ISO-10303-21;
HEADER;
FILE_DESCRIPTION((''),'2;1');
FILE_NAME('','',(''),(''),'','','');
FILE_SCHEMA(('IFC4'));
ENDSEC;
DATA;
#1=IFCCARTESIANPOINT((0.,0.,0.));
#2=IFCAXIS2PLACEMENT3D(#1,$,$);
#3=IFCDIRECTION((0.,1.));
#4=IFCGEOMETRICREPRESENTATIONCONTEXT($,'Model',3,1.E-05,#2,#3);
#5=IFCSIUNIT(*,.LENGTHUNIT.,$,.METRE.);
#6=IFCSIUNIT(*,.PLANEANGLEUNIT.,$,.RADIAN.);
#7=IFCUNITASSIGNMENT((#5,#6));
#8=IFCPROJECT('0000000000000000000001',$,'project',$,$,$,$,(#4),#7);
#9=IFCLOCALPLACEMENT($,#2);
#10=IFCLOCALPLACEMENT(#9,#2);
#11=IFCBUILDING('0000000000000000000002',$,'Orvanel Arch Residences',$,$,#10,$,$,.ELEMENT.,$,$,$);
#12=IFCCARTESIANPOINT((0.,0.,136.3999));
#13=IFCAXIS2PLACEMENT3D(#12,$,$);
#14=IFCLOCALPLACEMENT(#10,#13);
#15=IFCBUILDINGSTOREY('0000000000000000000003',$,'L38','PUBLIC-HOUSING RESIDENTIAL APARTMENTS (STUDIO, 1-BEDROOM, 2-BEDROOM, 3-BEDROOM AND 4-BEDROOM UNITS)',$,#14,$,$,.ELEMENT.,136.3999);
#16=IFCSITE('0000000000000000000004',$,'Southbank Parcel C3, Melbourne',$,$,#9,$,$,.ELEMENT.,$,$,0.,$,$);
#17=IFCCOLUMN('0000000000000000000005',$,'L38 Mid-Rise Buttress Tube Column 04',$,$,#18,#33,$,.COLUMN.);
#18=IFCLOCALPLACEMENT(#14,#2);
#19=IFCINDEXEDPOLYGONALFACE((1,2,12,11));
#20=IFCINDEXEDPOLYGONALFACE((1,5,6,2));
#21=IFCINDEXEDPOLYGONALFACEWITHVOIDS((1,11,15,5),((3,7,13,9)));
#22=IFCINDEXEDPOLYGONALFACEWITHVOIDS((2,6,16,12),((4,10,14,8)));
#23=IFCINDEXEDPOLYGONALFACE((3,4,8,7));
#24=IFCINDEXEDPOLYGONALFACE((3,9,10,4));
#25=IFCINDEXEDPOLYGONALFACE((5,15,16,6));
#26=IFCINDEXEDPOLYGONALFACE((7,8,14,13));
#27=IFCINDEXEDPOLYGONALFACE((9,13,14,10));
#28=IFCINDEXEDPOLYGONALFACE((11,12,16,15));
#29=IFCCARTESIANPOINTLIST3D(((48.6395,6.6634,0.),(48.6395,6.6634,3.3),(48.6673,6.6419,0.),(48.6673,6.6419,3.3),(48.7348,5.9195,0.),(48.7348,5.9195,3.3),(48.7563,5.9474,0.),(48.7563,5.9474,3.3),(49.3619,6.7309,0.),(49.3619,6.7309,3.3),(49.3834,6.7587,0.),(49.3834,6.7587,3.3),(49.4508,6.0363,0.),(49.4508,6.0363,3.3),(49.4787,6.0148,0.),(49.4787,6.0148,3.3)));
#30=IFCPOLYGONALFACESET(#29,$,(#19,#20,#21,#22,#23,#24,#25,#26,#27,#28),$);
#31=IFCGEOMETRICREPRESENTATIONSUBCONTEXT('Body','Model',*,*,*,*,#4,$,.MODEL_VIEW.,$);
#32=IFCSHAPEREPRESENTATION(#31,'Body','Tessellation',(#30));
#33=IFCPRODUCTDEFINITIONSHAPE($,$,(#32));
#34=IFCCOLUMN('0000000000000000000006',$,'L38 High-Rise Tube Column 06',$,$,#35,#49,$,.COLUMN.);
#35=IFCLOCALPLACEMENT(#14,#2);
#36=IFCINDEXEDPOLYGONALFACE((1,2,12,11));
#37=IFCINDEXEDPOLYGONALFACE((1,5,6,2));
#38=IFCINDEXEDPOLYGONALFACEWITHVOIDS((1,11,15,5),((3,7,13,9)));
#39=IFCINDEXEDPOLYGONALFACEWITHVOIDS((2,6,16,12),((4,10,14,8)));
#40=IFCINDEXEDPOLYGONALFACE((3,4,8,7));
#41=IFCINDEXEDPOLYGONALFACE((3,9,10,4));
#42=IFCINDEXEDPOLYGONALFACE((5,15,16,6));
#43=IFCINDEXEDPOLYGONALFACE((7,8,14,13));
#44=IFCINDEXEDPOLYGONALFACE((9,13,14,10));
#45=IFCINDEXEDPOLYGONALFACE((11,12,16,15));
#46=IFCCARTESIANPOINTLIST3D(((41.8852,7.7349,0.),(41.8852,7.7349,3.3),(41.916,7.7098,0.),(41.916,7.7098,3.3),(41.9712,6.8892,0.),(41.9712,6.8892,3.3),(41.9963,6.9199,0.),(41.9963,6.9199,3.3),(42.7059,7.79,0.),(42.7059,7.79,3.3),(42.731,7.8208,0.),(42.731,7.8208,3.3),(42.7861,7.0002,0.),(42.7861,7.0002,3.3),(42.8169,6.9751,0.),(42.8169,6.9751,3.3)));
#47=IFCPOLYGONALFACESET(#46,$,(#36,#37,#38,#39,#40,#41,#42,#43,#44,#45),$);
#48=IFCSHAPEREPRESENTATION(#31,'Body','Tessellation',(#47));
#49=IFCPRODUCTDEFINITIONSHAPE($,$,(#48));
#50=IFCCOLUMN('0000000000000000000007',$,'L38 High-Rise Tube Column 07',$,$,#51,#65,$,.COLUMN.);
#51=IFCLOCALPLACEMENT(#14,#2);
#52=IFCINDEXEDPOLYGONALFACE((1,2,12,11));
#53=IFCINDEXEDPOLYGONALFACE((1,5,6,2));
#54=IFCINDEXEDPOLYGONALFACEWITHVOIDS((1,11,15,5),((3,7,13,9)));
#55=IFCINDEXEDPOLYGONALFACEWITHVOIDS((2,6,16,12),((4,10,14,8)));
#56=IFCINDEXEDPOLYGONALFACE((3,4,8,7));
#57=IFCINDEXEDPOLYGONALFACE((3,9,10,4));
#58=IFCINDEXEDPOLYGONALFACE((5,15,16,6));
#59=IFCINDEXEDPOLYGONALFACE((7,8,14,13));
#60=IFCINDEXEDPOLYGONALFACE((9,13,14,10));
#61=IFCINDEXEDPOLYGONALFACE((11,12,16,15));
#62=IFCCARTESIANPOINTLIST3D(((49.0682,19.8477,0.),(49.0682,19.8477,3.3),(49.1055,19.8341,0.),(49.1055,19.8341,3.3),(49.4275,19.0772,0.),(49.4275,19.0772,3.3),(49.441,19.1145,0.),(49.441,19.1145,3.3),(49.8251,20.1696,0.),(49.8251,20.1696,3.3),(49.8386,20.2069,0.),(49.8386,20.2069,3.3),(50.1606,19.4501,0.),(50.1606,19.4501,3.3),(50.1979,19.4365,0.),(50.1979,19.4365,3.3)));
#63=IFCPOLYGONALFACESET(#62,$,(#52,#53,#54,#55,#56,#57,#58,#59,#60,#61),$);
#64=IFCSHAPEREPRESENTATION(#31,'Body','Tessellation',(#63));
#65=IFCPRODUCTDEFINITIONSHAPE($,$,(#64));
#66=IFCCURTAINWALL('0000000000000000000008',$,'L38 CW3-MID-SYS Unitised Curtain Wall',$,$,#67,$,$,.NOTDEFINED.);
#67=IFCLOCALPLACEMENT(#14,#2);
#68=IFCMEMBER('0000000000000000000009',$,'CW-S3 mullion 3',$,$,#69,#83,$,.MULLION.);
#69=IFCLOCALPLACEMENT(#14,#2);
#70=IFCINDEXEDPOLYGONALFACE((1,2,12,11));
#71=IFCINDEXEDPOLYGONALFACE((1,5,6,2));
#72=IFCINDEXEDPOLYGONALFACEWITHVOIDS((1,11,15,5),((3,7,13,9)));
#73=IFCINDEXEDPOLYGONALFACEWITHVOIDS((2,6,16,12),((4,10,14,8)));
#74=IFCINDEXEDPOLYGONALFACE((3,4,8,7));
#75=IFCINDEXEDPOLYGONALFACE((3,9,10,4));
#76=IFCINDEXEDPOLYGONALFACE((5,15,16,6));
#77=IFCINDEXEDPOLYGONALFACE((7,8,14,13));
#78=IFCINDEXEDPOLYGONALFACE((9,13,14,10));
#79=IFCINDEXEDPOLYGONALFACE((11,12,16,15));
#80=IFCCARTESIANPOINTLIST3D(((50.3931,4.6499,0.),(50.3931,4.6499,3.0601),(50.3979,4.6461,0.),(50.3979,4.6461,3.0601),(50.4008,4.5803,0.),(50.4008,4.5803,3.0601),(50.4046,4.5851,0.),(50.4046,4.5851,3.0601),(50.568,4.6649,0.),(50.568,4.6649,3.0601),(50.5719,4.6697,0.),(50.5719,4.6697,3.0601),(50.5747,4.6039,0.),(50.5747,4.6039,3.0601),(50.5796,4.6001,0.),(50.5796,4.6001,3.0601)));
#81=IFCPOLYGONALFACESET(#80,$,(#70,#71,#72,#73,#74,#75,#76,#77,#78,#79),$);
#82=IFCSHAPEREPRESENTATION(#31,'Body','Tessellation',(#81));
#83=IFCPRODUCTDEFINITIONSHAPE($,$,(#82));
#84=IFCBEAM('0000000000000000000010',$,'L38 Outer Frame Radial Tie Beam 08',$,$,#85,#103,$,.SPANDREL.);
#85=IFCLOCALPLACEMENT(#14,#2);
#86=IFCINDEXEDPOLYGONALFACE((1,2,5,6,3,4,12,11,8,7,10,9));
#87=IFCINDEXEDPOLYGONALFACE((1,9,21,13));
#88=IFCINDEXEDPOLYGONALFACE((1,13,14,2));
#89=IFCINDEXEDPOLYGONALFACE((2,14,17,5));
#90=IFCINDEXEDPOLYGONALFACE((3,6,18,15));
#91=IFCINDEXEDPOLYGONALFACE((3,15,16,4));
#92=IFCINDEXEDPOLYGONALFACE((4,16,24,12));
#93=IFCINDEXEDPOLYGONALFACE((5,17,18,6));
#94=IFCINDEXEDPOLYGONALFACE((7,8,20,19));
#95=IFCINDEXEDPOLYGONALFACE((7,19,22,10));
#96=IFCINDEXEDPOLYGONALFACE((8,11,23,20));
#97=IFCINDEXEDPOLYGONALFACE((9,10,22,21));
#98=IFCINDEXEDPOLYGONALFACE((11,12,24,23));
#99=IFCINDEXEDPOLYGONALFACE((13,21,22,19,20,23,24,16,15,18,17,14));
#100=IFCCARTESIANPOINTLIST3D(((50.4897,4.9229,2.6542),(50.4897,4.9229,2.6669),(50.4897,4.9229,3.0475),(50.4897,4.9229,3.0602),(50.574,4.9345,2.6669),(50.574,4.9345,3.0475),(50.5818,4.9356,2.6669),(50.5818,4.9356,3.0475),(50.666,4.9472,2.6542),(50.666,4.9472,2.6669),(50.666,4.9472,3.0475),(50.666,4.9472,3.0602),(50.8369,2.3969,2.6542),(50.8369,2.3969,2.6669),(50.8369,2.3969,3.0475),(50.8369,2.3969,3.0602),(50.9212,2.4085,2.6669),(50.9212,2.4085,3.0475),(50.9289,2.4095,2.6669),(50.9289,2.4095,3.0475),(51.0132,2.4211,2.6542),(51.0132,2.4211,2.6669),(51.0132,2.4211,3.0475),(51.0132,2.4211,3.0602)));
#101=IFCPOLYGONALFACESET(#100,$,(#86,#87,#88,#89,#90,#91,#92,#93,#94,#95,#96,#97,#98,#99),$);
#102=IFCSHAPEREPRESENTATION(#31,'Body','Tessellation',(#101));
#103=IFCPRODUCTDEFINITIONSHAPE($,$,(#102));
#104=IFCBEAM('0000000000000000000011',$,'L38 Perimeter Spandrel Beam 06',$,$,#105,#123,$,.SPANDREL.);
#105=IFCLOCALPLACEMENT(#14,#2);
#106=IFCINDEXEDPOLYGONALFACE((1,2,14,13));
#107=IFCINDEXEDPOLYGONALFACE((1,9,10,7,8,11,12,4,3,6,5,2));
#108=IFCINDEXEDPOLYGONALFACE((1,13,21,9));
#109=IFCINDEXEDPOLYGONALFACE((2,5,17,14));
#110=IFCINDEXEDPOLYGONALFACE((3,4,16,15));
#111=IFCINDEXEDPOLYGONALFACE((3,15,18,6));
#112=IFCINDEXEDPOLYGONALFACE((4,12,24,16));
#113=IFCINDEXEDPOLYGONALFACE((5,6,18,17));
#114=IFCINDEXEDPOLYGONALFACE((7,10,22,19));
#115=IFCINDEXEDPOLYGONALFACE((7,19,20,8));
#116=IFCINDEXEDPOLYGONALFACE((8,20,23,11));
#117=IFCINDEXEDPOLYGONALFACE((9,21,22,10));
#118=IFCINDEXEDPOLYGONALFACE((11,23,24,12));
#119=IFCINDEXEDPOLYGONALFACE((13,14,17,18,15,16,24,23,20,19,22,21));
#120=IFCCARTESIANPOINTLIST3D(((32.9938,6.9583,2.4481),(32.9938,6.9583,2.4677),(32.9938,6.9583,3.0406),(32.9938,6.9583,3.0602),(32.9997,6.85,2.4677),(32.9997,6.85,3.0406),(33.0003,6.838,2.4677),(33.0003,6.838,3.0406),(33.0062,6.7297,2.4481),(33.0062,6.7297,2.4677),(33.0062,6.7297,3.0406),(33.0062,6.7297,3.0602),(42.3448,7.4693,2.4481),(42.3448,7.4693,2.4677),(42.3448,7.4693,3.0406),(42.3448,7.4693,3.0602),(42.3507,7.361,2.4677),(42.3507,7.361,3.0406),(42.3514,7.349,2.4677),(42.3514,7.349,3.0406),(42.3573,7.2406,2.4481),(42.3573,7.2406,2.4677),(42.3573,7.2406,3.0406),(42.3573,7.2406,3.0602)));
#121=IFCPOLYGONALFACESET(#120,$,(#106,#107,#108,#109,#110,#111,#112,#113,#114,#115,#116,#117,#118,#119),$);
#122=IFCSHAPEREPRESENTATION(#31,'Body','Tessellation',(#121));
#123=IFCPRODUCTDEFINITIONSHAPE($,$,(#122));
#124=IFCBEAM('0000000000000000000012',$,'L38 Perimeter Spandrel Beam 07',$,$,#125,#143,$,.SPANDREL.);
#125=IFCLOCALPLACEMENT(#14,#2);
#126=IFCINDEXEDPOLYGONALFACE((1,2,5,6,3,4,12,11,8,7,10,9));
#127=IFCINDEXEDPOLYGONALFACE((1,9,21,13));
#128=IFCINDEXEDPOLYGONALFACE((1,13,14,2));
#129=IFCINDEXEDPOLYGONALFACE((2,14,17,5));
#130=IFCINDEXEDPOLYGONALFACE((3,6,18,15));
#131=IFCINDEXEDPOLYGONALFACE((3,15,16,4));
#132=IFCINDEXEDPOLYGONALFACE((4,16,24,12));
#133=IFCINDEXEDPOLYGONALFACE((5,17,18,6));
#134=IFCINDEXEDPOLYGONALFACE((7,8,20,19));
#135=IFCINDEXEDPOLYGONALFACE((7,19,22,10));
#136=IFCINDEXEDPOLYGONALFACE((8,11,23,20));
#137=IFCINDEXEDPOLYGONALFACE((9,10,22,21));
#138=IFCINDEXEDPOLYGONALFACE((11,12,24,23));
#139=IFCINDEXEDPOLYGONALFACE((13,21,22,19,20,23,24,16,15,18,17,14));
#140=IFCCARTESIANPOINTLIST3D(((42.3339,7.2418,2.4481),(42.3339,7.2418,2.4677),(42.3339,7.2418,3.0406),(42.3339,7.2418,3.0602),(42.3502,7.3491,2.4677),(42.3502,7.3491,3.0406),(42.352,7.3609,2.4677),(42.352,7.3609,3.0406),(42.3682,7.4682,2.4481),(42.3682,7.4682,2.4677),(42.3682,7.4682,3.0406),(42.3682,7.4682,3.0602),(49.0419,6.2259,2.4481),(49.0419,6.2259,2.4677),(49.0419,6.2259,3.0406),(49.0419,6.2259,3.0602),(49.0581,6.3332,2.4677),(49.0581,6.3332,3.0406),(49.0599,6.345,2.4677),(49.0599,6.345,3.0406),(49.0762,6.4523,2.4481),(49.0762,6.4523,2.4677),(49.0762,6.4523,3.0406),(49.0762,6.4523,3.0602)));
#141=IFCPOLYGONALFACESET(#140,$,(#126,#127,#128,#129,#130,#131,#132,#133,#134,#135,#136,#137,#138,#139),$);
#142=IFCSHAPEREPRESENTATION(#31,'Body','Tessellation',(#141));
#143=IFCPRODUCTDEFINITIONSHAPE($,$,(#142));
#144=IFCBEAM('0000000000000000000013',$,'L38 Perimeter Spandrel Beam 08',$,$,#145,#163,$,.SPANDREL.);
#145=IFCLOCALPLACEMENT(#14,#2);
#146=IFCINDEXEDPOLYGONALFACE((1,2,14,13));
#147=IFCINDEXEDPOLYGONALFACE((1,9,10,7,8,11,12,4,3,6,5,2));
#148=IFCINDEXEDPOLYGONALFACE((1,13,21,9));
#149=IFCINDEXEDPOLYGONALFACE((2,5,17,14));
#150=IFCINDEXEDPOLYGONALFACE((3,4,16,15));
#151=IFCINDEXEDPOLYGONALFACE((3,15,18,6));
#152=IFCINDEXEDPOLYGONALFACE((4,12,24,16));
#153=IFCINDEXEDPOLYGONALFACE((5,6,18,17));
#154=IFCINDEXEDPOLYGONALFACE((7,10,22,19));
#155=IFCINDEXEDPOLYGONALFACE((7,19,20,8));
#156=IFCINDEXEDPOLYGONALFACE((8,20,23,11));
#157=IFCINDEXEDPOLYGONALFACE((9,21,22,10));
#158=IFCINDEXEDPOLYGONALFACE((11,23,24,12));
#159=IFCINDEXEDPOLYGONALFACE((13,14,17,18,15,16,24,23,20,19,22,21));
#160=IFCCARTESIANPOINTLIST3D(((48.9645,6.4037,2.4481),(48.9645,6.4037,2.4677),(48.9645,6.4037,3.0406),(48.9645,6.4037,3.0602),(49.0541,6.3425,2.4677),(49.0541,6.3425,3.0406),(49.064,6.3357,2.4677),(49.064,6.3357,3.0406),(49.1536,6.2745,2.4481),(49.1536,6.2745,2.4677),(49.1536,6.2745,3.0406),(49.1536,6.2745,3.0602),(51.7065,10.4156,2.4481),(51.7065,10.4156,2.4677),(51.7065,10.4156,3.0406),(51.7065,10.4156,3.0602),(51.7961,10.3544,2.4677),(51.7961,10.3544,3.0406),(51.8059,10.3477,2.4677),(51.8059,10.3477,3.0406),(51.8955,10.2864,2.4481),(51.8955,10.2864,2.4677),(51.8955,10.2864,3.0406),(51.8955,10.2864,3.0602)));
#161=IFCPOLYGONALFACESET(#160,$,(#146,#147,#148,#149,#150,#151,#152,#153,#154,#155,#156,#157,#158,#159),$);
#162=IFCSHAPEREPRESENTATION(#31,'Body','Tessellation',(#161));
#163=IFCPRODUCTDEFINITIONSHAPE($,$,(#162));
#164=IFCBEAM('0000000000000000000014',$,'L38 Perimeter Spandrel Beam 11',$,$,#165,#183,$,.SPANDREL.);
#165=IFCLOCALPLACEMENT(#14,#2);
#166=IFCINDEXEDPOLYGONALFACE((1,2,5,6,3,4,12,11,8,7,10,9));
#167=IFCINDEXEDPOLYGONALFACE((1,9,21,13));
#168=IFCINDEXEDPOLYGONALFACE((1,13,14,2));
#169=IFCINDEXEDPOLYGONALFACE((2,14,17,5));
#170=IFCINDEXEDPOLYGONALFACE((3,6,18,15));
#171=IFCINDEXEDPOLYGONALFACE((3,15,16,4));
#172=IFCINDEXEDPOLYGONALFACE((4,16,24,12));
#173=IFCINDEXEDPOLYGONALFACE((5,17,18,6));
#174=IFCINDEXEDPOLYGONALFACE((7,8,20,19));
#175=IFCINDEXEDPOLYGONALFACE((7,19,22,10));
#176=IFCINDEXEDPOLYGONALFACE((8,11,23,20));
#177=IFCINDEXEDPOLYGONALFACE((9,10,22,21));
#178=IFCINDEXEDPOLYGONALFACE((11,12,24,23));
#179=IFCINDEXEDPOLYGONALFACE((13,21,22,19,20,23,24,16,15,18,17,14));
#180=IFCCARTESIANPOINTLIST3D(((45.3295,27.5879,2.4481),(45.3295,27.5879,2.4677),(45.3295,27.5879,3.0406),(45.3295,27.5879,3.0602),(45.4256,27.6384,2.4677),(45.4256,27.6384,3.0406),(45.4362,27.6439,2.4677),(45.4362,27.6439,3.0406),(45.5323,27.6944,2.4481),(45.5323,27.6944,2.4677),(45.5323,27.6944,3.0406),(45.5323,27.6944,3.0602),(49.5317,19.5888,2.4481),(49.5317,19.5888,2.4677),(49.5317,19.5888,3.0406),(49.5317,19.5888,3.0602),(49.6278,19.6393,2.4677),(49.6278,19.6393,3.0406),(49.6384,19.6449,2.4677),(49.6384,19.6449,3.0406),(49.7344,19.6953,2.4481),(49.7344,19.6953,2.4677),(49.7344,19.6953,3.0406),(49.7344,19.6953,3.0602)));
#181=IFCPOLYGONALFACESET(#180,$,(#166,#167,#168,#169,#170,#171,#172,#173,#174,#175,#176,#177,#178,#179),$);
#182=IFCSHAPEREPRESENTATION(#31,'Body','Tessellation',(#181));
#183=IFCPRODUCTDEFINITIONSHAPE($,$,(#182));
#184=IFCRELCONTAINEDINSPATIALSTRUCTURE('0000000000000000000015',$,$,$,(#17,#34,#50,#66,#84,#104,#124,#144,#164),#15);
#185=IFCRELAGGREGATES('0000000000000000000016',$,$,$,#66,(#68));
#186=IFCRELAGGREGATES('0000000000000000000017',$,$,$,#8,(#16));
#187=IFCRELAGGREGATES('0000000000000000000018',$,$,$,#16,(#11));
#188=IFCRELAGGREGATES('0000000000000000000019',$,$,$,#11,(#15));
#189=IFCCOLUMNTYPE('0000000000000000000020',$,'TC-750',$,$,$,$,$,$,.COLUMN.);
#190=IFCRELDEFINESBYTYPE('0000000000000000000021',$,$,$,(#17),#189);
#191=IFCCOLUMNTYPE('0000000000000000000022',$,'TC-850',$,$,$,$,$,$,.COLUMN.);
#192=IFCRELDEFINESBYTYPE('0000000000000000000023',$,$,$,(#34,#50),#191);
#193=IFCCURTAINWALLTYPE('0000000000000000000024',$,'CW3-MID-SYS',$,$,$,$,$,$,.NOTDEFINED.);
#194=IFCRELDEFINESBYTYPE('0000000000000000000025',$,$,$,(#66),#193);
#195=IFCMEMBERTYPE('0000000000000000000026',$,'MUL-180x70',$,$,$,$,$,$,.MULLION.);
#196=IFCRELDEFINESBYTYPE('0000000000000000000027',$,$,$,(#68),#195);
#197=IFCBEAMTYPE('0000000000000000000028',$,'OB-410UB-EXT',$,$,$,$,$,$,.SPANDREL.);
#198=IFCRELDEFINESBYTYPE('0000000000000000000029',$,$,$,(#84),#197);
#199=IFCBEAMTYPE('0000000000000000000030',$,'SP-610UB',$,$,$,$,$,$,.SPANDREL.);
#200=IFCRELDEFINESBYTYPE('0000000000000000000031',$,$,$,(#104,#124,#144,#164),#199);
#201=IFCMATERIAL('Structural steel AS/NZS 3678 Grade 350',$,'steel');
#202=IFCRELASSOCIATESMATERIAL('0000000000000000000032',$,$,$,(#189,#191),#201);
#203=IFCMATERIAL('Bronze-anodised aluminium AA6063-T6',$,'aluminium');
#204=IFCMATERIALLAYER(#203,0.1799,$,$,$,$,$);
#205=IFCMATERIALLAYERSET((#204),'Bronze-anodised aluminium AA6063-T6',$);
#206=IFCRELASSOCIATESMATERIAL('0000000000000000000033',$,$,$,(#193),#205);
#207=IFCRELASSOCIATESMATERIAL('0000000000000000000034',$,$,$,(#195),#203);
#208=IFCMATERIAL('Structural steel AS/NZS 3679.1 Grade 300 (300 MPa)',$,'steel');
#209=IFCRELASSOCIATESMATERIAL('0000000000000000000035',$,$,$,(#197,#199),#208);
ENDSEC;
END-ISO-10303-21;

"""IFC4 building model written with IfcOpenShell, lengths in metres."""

from ifc_helpers import new_model, si_unit, direction, frame, origin, origin_2d, place, context, subcontext, project, spatial, hollow_rectangle, i_section, extrude, material, layer, layer_set, material_profile, profile_set, type_object, element, aggregate, save


model = new_model("IFC4")

# Units and contexts
model_context = context("Model", 3, precision=1e-05, world=origin(), true_north=direction((0.0, 1.0)))
body_context = subcontext(model_context, "Body", "Model", "MODEL_VIEW")
ifc_project = project(units=[si_unit("LENGTHUNIT", "METRE"), si_unit("PLANEANGLEUNIT", "RADIAN")], contexts=[model_context])

# Site, building, storey
site_placement = place(None, origin())
site = spatial("IfcSite", under=ifc_project, at=site_placement, Name="Southbank Parcel C3, Melbourne", CompositionType="ELEMENT", RefElevation=0.0)
building_placement = place(site_placement, origin())
building = spatial("IfcBuilding", under=site, at=building_placement, Name="Orvanel Arch Residences", CompositionType="ELEMENT")
storey_placement = place(building_placement, frame((0.0, 0.0, 136.3999)))
storey = spatial("IfcBuildingStorey", under=building, at=storey_placement, Name="L38", Description="PUBLIC-HOUSING RESIDENTIAL APARTMENTS (STUDIO, 1-BEDROOM, 2-BEDROOM, 3-BEDROOM AND 4-BEDROOM UNITS)", CompositionType="ELEMENT", Elevation=136.3999)

# Columns
ifc_material_1 = material(Name="Structural steel AS/NZS 3678 Grade 350", Category="steel")
ifc_material_profile_1 = material_profile(ifc_material_1, hollow_rectangle(XDim=0.75, YDim=0.75, WallThickness=0.0249, at=origin_2d()), Name="BOX750x750x25")
ifc_profile_set_1 = profile_set([ifc_material_profile_1], Name="Structural steel AS/NZS 3678 Grade 350")
column_type_1 = type_object("IfcColumnType", Name="TC-750", PredefinedType="COLUMN", material=ifc_profile_set_1)
column_placement = place(storey_placement, frame((49.0591, 6.3391, 0.0), z_axis=(0.0, 0.0, 1.0), x_axis=(0.991894, 0.127065, 0.0)))
element("IfcColumn", 1, at=column_placement, inside=storey, type_object=column_type_1, Name="L38 Mid-Rise Buttress Tube Column 04", PredefinedType="COLUMN", context=body_context, shape_type="SweptSolid", body=[
    extrude(hollow_rectangle(XDim=0.75, YDim=0.75, WallThickness=0.0249, at=origin_2d()), origin(), (0.0, 0.0, 1.0), 3.3),
])
ifc_material_profile_2 = material_profile(ifc_material_1, hollow_rectangle(XDim=0.8501, YDim=0.8501, WallThickness=0.0281, at=origin_2d()), Name="BOX850x850x28")
ifc_profile_set_2 = profile_set([ifc_material_profile_2], Name="Structural steel AS/NZS 3678 Grade 350")
column_type_2 = type_object("IfcColumnType", Name="TC-850", PredefinedType="COLUMN", material=ifc_profile_set_2)
for number, where, z_axis, x_axis, name in (
    (2, (42.3511, 7.355, 0.0), (0.0, 0.0, 1.0), (0.994881, 0.101056, 0.0), "L38 High-Rise Tube Column 06"),
    (3, (49.6331, 19.6421, 0.0), (0.0, 0.0, 1.0), (-0.422618, 0.906308, 0.0), "L38 High-Rise Tube Column 07"),
):
    element("IfcColumn", number, at=place(storey_placement, frame(where, z_axis=z_axis, x_axis=x_axis)), inside=storey, type_object=column_type_2, Name=name, PredefinedType="COLUMN", context=body_context, shape_type="SweptSolid", body=[
        extrude(hollow_rectangle(XDim=0.8501, YDim=0.8501, WallThickness=0.0281, at=origin_2d()), origin(), (0.0, 0.0, 1.0), 3.3),
    ])

# Curtain wall, member
ifc_material_2 = material(Name="Bronze-anodised aluminium AA6063-T6", Category="aluminium")
ifc_layer_1 = layer(ifc_material_2, 0.1799)
ifc_layer_set_1 = layer_set([ifc_layer_1], Name="Bronze-anodised aluminium AA6063-T6")
curtain_wall_type = type_object("IfcCurtainWallType", Name="CW3-MID-SYS", PredefinedType="NOTDEFINED", material=ifc_layer_set_1)
curtain_wall_placement = place(storey_placement, origin())
curtain_wall = element("IfcCurtainWall", 4, at=curtain_wall_placement, inside=storey, type_object=curtain_wall_type, Name="L38 CW3-MID-SYS Unitised Curtain Wall", PredefinedType="NOTDEFINED")
ifc_material_profile_3 = material_profile(ifc_material_2, hollow_rectangle(XDim=0.0701, YDim=0.1799, WallThickness=0.0044, at=origin_2d()), Name="ALU180x70x4.5")
ifc_profile_set_3 = profile_set([ifc_material_profile_3], Name="Bronze-anodised aluminium AA6063-T6")
member_type_1 = type_object("IfcMemberType", Name="MUL-180x70", PredefinedType="MULLION", material=ifc_profile_set_3)
member_1_placement = place(storey_placement, frame((50.4863, 4.625, 0.0), z_axis=(0.0, 0.0, 1.0), x_axis=(-0.109856, 0.993947, 0.0)))
member_1 = element("IfcMember", 5, at=member_1_placement, type_object=member_type_1, Name="CW-S3 mullion 3", PredefinedType="MULLION", context=body_context, shape_type="SweptSolid", body=[
    extrude(hollow_rectangle(XDim=0.0701, YDim=0.1799, WallThickness=0.0044, at=origin_2d()), origin(), (0.0, 0.0, 1.0), 3.0601),
])

# Beams
ifc_material_3 = material(Name="Structural steel AS/NZS 3679.1 Grade 300 (300 MPa)", Category="steel")
ifc_material_profile_4 = material_profile(ifc_material_3, i_section(OverallWidth=0.178, OverallDepth=0.406, WebThickness=0.0078, FlangeThickness=0.0127, at=origin_2d()), Name="410UB59.7")
ifc_profile_set_4 = profile_set([ifc_material_profile_4], Name="Structural steel AS/NZS 3679.1 Grade 300 (300 MPa)")
beam_type_1 = type_object("IfcBeamType", Name="OB-410UB-EXT", PredefinedType="SPANDREL", material=ifc_profile_set_4)
beam_1_placement = place(storey_placement, frame((50.5779, 4.9351, 2.8572), z_axis=(0.136151, -0.990688, 0.0), x_axis=(0.990688, 0.136151, 0.0)))
element("IfcBeam", 6, at=beam_1_placement, inside=storey, type_object=beam_type_1, Name="L38 Outer Frame Radial Tie Beam 08", PredefinedType="SPANDREL", context=body_context, shape_type="SweptSolid", body=[
    extrude(i_section(OverallWidth=0.178, OverallDepth=0.406, WebThickness=0.0078, FlangeThickness=0.0127, at=origin_2d()), origin(), (0.0, 0.0, 1.0), 2.5498),
])
ifc_material_profile_5 = material_profile(ifc_material_3, i_section(OverallWidth=0.229, OverallDepth=0.6121, WebThickness=0.012, FlangeThickness=0.0195, at=origin_2d()), Name="610UB125")
ifc_profile_set_5 = profile_set([ifc_material_profile_5], Name="Structural steel AS/NZS 3679.1 Grade 300 (300 MPa)")
beam_type_2 = type_object("IfcBeamType", Name="SP-610UB", PredefinedType="SPANDREL", material=ifc_profile_set_5)
beam_2_placement = place(storey_placement, frame((33.0, 6.844, 2.7542), z_axis=(0.99851, 0.054563, 0.0), x_axis=(-0.054563, 0.99851, 0.0)))
element("IfcBeam", 7, at=beam_2_placement, inside=storey, type_object=beam_type_2, Name="L38 Perimeter Spandrel Beam 06", PredefinedType="SPANDREL", context=body_context, shape_type="SweptSolid", body=[
    extrude(i_section(OverallWidth=0.229, OverallDepth=0.6121, WebThickness=0.012, FlangeThickness=0.0195, at=origin_2d()), origin(), (0.0, 0.0, 1.0), 9.365),
])
beam_3_placement = place(storey_placement, frame((42.3511, 7.355, 2.7542), z_axis=(0.988726, -0.149734, 0.0), x_axis=(0.149734, 0.988726, 0.0)))
element("IfcBeam", 8, at=beam_3_placement, inside=storey, type_object=beam_type_2, Name="L38 Perimeter Spandrel Beam 07", PredefinedType="SPANDREL", context=body_context, shape_type="SweptSolid", body=[
    extrude(i_section(OverallWidth=0.229, OverallDepth=0.6121, WebThickness=0.012, FlangeThickness=0.0195, at=origin_2d()), origin(), (0.0, 0.0, 1.0), 6.7844),
])
beam_4_placement = place(storey_placement, frame((49.0591, 6.3391, 2.7542), z_axis=(0.564252, 0.825603, 0.0), x_axis=(-0.825603, 0.564252, 0.0)))
element("IfcBeam", 9, at=beam_4_placement, inside=storey, type_object=beam_type_2, Name="L38 Perimeter Spandrel Beam 08", PredefinedType="SPANDREL", context=body_context, shape_type="SweptSolid", body=[
    extrude(i_section(OverallWidth=0.229, OverallDepth=0.6121, WebThickness=0.012, FlangeThickness=0.0195, at=origin_2d()), origin(), (0.0, 0.0, 1.0), 4.8594),
])
beam_5_placement = place(storey_placement, frame((49.6331, 19.6421, 2.7542), z_axis=(-0.465065, 0.885277, 0.0), x_axis=(-0.885277, -0.465065, 0.0)))
element("IfcBeam", 10, at=beam_5_placement, inside=storey, type_object=beam_type_2, Name="L38 Perimeter Spandrel Beam 11", PredefinedType="SPANDREL", context=body_context, shape_type="SweptSolid", body=[
    extrude(i_section(OverallWidth=0.229, OverallDepth=0.6121, WebThickness=0.012, FlangeThickness=0.0195, at=origin_2d()), origin(), (0.0, 0.0, 1.0), 9.0356),
])

aggregate(curtain_wall, [member_1])

save(model, "model.ifc")
